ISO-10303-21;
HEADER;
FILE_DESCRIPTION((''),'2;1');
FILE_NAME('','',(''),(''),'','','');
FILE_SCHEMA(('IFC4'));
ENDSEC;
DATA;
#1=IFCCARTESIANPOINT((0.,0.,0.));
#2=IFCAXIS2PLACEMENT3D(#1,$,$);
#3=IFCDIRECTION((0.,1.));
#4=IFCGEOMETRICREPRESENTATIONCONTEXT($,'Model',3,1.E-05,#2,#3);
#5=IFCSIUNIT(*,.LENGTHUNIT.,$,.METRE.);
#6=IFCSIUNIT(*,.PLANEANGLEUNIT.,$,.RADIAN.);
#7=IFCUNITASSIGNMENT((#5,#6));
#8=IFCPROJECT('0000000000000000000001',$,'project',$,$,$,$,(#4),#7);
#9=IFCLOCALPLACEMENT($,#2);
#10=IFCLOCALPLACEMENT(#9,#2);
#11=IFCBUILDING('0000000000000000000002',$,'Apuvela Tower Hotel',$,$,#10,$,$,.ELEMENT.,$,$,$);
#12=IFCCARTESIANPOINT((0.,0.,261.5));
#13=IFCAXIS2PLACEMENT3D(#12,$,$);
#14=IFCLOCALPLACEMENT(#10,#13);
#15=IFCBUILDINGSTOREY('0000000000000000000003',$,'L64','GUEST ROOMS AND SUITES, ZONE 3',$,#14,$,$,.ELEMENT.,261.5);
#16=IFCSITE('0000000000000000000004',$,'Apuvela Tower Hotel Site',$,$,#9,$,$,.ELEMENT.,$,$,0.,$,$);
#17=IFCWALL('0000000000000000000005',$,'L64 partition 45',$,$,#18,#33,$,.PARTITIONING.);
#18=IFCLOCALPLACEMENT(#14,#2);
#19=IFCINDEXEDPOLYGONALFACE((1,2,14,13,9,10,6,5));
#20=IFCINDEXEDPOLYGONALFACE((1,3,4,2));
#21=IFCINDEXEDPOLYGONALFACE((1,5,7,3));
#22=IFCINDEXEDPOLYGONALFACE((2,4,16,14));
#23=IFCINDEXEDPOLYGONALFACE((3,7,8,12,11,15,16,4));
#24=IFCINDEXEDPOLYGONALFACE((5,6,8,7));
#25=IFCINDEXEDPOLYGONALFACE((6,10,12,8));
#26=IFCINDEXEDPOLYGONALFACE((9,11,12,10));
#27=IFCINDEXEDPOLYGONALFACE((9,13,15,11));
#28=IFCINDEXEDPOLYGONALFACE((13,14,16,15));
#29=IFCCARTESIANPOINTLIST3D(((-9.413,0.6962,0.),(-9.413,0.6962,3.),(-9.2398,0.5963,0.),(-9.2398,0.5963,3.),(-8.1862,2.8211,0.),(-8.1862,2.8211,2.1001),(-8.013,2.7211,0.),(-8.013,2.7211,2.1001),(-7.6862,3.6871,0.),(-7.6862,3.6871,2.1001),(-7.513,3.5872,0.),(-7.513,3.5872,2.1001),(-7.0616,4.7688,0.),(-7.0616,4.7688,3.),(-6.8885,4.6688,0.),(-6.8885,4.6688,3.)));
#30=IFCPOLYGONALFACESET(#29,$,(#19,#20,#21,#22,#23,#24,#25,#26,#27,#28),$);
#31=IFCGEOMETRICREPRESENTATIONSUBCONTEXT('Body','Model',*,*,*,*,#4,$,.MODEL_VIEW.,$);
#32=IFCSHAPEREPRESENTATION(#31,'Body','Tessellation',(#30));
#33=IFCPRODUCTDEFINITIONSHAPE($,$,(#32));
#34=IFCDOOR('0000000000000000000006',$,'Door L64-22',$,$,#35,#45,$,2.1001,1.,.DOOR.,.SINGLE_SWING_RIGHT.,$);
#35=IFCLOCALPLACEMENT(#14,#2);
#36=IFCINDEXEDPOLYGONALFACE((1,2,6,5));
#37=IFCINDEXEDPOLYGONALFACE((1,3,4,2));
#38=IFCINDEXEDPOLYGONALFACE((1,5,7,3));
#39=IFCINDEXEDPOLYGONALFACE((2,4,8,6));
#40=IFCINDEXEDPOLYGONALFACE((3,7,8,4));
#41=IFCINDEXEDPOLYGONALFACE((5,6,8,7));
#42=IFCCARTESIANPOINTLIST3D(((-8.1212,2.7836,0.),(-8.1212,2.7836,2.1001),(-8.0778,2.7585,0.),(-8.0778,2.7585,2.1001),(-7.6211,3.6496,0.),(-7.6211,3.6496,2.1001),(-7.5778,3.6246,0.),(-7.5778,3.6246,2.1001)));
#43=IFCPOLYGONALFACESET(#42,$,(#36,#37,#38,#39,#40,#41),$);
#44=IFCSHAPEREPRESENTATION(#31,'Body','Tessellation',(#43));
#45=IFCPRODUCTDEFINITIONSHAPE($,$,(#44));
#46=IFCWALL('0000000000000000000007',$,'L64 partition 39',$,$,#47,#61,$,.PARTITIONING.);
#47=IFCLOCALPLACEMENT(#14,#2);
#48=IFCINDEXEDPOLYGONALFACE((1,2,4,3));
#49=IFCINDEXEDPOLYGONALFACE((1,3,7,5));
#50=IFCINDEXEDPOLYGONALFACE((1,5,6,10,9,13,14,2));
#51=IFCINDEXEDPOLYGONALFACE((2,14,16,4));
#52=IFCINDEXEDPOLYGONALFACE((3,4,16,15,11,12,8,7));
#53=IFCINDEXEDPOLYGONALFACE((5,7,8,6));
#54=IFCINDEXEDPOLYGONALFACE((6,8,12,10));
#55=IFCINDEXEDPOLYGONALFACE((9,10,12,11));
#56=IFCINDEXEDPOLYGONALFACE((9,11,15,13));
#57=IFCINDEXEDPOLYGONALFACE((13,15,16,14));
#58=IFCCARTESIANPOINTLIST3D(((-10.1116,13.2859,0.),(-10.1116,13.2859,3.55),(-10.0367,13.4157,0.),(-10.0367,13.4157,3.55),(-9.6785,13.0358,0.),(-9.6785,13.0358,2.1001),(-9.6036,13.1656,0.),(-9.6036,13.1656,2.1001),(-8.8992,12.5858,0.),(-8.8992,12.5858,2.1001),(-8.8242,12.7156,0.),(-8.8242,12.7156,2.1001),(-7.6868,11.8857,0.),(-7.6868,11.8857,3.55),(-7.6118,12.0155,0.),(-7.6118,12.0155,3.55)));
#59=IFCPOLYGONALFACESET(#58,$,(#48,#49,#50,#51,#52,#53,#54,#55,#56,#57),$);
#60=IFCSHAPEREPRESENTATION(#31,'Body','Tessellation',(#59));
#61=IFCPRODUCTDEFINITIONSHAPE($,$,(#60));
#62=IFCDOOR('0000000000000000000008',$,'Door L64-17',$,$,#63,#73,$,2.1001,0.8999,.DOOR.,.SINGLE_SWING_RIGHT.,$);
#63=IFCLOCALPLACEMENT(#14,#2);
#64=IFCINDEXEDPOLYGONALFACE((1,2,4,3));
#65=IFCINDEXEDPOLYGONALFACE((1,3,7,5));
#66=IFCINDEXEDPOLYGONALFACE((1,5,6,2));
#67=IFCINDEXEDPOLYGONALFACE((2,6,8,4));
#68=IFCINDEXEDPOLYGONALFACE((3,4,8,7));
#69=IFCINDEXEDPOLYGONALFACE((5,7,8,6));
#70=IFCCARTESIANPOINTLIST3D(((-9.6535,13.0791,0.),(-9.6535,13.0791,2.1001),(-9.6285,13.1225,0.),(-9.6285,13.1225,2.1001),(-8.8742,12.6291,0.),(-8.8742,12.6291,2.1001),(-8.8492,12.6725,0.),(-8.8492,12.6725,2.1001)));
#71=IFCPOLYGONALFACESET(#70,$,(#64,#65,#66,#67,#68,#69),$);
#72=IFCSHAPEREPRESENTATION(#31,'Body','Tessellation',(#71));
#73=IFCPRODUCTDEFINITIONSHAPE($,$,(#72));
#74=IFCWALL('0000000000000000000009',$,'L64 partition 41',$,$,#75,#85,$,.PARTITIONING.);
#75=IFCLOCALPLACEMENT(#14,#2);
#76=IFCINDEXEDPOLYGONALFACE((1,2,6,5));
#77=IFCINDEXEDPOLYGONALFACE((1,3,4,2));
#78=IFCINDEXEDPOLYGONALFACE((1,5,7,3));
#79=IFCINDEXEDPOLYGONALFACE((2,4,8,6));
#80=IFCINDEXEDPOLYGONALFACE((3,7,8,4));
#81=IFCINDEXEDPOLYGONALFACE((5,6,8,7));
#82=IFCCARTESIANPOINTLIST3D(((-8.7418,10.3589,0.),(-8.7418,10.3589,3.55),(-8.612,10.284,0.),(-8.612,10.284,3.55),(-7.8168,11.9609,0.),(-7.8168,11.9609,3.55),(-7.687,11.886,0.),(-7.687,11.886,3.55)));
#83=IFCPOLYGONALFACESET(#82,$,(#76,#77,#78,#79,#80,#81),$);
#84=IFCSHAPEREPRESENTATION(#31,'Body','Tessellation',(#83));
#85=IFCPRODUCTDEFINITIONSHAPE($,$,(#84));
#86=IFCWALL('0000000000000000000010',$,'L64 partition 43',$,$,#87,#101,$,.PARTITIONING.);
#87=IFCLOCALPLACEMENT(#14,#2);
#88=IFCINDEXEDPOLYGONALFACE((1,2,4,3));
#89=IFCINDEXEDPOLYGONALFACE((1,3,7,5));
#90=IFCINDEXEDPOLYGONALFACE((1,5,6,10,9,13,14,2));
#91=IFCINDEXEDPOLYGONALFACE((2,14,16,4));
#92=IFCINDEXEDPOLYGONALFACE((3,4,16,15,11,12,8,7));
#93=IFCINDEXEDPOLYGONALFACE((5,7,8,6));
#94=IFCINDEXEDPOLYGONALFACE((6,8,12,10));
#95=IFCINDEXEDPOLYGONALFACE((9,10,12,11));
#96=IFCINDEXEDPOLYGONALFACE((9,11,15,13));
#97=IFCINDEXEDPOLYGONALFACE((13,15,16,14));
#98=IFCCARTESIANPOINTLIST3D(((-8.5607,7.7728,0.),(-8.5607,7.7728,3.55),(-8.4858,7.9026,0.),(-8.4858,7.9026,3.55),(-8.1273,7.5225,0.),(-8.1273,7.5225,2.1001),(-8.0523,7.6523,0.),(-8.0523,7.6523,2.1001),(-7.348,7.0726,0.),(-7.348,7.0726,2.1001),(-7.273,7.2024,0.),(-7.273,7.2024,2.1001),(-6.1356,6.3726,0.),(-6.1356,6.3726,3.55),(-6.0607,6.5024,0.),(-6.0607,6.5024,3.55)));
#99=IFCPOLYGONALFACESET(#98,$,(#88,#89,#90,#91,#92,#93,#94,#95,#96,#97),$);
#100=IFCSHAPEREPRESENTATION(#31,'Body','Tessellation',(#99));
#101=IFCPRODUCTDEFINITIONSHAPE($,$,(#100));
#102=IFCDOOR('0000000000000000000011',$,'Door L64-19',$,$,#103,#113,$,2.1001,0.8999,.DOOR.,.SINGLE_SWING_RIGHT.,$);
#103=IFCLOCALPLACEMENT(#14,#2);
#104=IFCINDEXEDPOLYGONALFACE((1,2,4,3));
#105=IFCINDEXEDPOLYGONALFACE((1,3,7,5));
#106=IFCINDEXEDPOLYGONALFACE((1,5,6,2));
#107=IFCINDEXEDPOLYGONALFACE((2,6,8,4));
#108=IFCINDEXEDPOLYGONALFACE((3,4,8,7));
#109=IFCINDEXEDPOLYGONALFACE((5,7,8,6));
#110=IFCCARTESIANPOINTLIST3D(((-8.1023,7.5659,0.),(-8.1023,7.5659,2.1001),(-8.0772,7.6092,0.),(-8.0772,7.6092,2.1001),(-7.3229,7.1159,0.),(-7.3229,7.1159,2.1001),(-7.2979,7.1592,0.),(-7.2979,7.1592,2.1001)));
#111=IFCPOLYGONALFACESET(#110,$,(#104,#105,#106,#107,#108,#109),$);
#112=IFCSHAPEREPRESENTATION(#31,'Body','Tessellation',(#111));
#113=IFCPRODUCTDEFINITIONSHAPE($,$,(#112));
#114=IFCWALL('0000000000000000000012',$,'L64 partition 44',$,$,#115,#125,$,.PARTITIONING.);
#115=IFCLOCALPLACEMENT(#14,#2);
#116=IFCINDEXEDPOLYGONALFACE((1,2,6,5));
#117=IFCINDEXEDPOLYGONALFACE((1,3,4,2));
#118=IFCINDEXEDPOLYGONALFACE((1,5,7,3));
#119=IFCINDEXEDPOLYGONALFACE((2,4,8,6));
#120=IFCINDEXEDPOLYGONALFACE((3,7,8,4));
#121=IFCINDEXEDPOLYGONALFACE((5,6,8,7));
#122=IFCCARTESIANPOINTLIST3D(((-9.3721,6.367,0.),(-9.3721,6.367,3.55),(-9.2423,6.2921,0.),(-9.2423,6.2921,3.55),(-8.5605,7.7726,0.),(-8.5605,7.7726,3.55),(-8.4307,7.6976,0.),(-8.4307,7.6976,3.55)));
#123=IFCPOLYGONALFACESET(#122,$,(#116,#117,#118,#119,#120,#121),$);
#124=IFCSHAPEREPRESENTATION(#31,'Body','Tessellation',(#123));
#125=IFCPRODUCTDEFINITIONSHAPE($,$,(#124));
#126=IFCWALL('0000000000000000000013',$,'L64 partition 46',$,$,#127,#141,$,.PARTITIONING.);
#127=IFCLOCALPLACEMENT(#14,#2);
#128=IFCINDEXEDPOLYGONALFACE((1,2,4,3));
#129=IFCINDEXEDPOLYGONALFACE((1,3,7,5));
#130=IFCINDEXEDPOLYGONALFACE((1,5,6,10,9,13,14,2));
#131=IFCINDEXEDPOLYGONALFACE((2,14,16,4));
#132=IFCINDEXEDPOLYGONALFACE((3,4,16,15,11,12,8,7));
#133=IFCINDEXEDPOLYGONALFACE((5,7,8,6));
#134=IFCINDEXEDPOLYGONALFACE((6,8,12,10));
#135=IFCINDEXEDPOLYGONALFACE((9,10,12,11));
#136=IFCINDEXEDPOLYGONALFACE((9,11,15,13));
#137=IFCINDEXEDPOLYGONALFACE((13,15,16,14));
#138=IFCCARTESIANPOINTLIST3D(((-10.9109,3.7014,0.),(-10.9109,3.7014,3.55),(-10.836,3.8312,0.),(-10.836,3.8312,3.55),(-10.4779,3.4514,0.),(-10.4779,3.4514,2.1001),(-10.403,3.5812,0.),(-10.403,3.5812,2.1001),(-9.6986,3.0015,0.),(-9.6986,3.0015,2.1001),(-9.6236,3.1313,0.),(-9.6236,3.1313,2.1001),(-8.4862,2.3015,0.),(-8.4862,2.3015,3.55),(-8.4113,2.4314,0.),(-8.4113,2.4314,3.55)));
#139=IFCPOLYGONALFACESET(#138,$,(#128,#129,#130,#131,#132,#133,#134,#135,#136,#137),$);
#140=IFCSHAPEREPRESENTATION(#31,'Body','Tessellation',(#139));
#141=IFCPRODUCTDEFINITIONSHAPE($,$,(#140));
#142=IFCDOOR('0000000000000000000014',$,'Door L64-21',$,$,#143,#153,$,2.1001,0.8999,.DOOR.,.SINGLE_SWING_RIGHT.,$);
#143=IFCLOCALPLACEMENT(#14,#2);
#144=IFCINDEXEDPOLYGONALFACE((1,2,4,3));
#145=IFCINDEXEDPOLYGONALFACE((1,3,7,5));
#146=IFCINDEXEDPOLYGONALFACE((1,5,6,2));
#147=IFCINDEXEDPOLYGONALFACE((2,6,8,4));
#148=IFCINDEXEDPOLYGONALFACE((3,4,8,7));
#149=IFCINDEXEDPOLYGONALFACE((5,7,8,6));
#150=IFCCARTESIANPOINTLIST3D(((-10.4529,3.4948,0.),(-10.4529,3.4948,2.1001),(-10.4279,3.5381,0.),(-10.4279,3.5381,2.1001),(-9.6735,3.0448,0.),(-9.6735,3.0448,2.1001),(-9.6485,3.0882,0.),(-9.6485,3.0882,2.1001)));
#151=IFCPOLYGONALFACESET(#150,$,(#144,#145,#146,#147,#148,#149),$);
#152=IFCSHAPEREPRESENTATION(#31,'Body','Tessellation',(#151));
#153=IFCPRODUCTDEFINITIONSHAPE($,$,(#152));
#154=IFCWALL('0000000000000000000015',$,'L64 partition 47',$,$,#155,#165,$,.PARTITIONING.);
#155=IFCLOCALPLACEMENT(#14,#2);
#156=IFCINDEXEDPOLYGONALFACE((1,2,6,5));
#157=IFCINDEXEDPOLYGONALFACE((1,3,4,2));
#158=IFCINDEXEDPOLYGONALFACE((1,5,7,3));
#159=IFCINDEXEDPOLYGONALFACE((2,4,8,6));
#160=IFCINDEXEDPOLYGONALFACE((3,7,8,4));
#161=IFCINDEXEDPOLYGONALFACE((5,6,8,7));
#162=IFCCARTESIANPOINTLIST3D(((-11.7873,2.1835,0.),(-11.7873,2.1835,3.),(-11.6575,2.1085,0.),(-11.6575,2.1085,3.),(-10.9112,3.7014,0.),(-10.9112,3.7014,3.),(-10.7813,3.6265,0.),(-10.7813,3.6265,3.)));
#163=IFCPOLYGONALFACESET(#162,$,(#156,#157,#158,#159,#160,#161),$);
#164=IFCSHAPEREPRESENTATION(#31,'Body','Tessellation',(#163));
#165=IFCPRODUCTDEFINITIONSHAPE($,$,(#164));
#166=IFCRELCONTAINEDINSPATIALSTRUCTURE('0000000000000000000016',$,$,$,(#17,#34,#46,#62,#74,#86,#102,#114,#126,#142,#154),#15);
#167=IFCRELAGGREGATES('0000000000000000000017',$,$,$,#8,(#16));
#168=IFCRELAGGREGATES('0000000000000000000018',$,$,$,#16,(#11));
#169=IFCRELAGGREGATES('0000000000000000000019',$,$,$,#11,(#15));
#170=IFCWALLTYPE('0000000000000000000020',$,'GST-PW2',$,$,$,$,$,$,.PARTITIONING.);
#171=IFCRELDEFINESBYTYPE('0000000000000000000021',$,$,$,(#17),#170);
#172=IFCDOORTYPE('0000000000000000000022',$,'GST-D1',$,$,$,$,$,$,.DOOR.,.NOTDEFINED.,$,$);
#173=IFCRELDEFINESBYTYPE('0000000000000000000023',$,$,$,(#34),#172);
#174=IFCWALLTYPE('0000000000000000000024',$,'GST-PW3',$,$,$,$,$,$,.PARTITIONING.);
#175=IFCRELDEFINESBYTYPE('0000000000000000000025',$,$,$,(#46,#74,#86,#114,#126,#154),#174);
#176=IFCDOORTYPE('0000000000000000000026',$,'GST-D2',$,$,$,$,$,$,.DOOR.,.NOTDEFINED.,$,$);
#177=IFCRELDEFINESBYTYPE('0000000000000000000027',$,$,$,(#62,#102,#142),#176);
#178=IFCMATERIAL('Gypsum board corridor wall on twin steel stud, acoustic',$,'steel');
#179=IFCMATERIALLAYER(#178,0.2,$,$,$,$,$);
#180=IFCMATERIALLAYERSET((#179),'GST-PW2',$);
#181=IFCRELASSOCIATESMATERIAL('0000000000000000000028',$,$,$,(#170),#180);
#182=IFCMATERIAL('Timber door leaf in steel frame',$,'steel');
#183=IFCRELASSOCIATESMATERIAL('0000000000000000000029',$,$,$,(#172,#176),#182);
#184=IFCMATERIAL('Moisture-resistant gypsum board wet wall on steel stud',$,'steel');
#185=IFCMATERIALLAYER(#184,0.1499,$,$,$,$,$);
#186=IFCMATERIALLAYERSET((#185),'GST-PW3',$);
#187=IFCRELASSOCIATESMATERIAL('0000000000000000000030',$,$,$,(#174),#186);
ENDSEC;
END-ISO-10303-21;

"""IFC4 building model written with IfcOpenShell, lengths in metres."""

from ifc_helpers import new_model, si_unit, direction, frame, frame_2d, origin, place, context, subcontext, project, spatial, rectangle, extrude, material, layer, layer_set, type_object, element, fill, save


model = new_model("IFC4")

# Units and contexts
model_context = context("Model", 3, precision=1e-05, world=origin(), true_north=direction((0.0, 1.0)))
body_context = subcontext(model_context, "Body", "Model", "MODEL_VIEW")
ifc_project = project(units=[si_unit("LENGTHUNIT", "METRE"), si_unit("PLANEANGLEUNIT", "RADIAN")], contexts=[model_context])

# Site, building, storey
site_placement = place(None, origin())
site = spatial("IfcSite", under=ifc_project, at=site_placement, Name="Apuvela Tower Hotel Site", CompositionType="ELEMENT", RefElevation=0.0)
building_placement = place(site_placement, origin())
building = spatial("IfcBuilding", under=site, at=building_placement, Name="Apuvela Tower Hotel", CompositionType="ELEMENT")
storey_placement = place(building_placement, frame((0.0, 0.0, 261.5)))
storey = spatial("IfcBuildingStorey", under=building, at=storey_placement, Name="L64", Description="GUEST ROOMS AND SUITES, ZONE 3", CompositionType="ELEMENT", Elevation=261.5)

# Walls, openings, doors
ifc_material_1 = material(Name="Gypsum board corridor wall on twin steel stud, acoustic", Category="steel")
ifc_layer_1 = layer(ifc_material_1, 0.2)
ifc_layer_set_1 = layer_set([ifc_layer_1], Name="GST-PW2")
wall_type_1 = type_object("IfcWallType", Name="GST-PW2", PredefinedType="PARTITIONING", material=ifc_layer_set_1)
ifc_material_2 = material(Name="Timber door leaf in steel frame", Category="steel")
door_type_1 = type_object("IfcDoorType", Name="GST-D1", OperationType="NOTDEFINED", PredefinedType="DOOR", material=ifc_material_2)
wall_1_placement = place(storey_placement, frame((-9.3264, 0.6462, 0.0), z_axis=(0.0, 0.0, 1.0), x_axis=(0.500009, 0.86602, 0.0)))
wall_1 = element("IfcWall", 1, at=wall_1_placement, inside=storey, type_object=wall_type_1, Name="L64 partition 45", PredefinedType="PARTITIONING", context=body_context, shape_type="SweptSolid", body=[
    extrude(rectangle(XDim=4.7026, YDim=0.2, at=frame_2d((2.3513, 0.0))), origin(), (0.0, 0.0, 1.0), 3.0),
])
opening_1_placement = place(wall_1_placement, frame((2.4536, 0.0, 0.0)))
opening_1 = element("IfcOpeningElement", 2, at=opening_1_placement, cuts=wall_1, PredefinedType="OPENING", context=body_context, shape_type="SweptSolid", body=[
    extrude(rectangle(XDim=1.0, YDim=2.1001, at=frame_2d((0.5, 1.05))), frame((0.0, 0.1099, 0.0), z_axis=(0.0, -1.0, 0.0), x_axis=(1.0, 0.0, 0.0)), (0.0, 0.0, 1.0), 0.22),
])
door_1_placement = place(opening_1_placement, origin())
door_1 = element("IfcDoor", 3, at=door_1_placement, inside=storey, type_object=door_type_1, Name="Door L64-22", OperationType="SINGLE_SWING_RIGHT", OverallHeight=2.1001, OverallWidth=1.0, PredefinedType="DOOR", context=body_context, shape_type="SweptSolid", body=[
    extrude(rectangle(XDim=1.0, YDim=2.1001, at=frame_2d((0.5, 1.05))), frame((0.0, 0.0249, 0.0), z_axis=(0.0, -1.0, 0.0), x_axis=(1.0, 0.0, 0.0)), (0.0, 0.0, 1.0), 0.05),
])
fill(opening_1, door_1)
ifc_material_3 = material(Name="Moisture-resistant gypsum board wet wall on steel stud", Category="steel")
ifc_layer_2 = layer(ifc_material_3, 0.1499)
ifc_layer_set_2 = layer_set([ifc_layer_2], Name="GST-PW3")
wall_type_2 = type_object("IfcWallType", Name="GST-PW3", PredefinedType="PARTITIONING", material=ifc_layer_set_2)
wall_2_placement = place(storey_placement, frame((-7.6494, 11.9507, 0.0), z_axis=(0.0, 0.0, 1.0), x_axis=(-0.865997, 0.50005, 0.0)))
wall_2 = element("IfcWall", 4, at=wall_2_placement, inside=storey, type_object=wall_type_2, Name="L64 partition 39", PredefinedType="PARTITIONING", context=body_context, shape_type="SweptSolid", body=[
    extrude(rectangle(XDim=2.8, YDim=0.1499, at=frame_2d((1.3999, 0.0))), origin(), (0.0, 0.0, 1.0), 3.55),
])
opening_2_placement = place(wall_2_placement, frame((1.3999, 0.0, 0.0)))
opening_2 = element("IfcOpeningElement", 5, at=opening_2_placement, cuts=wall_2, PredefinedType="OPENING", context=body_context, shape_type="SweptSolid", body=[
    extrude(rectangle(XDim=0.8999, YDim=2.1001, at=frame_2d((0.45, 1.05))), frame((0.0, 0.085, 0.0), z_axis=(0.0, -1.0, 0.0), x_axis=(1.0, 0.0, 0.0)), (0.0, 0.0, 1.0), 0.1699),
])
door_type_2 = type_object("IfcDoorType", Name="GST-D2", OperationType="NOTDEFINED", PredefinedType="DOOR", material=ifc_material_2)
door_2_placement = place(opening_2_placement, origin())
door_2 = element("IfcDoor", 6, at=door_2_placement, inside=storey, type_object=door_type_2, Name="Door L64-17", OperationType="SINGLE_SWING_RIGHT", OverallHeight=2.1001, OverallWidth=0.8999, PredefinedType="DOOR", context=body_context, shape_type="SweptSolid", body=[
    extrude(rectangle(XDim=0.8999, YDim=2.1001, at=frame_2d((0.45, 1.05))), frame((0.0, 0.0249, 0.0), z_axis=(0.0, -1.0, 0.0), x_axis=(1.0, 0.0, 0.0)), (0.0, 0.0, 1.0), 0.05),
])
fill(opening_2, door_2)

# Wall
wall_3_placement = place(storey_placement, frame((-7.752, 11.9233, 0.0), z_axis=(0.0, 0.0, 1.0), x_axis=(-0.500042, -0.866001, 0.0)))
element("IfcWall", 7, at=wall_3_placement, inside=storey, type_object=wall_type_2, Name="L64 partition 41", PredefinedType="PARTITIONING", context=body_context, shape_type="SweptSolid", body=[
    extrude(rectangle(XDim=1.8499, YDim=0.1499, at=frame_2d((0.9248, 0.0))), origin(), (0.0, 0.0, 1.0), 3.55),
])

# Wall, opening, door
wall_4_placement = place(storey_placement, frame((-6.0981, 6.4375, 0.0), z_axis=(0.0, 0.0, 1.0), x_axis=(-0.866019, 0.500012, 0.0)))
wall_4 = element("IfcWall", 8, at=wall_4_placement, inside=storey, type_object=wall_type_2, Name="L64 partition 43", PredefinedType="PARTITIONING", context=body_context, shape_type="SweptSolid", body=[
    extrude(rectangle(XDim=2.8003, YDim=0.1499, at=frame_2d((1.4001, 0.0))), origin(), (0.0, 0.0, 1.0), 3.55),
])
opening_3_placement = place(wall_4_placement, frame((1.3999, 0.0, 0.0)))
opening_3 = element("IfcOpeningElement", 9, at=opening_3_placement, cuts=wall_4, PredefinedType="OPENING", context=body_context, shape_type="SweptSolid", body=[
    extrude(rectangle(XDim=0.8999, YDim=2.1001, at=frame_2d((0.45, 1.05))), frame((0.0, 0.085, 0.0), z_axis=(0.0, -1.0, 0.0), x_axis=(1.0, 0.0, 0.0)), (0.0, 0.0, 1.0), 0.1699),
])
door_3_placement = place(opening_3_placement, origin())
door_3 = element("IfcDoor", 10, at=door_3_placement, inside=storey, type_object=door_type_2, Name="Door L64-19", OperationType="SINGLE_SWING_RIGHT", OverallHeight=2.1001, OverallWidth=0.8999, PredefinedType="DOOR", context=body_context, shape_type="SweptSolid", body=[
    extrude(rectangle(XDim=0.8999, YDim=2.1001, at=frame_2d((0.45, 1.05))), frame((0.0, 0.0249, 0.0), z_axis=(0.0, -1.0, 0.0), x_axis=(1.0, 0.0, 0.0)), (0.0, 0.0, 1.0), 0.05),
])
fill(opening_3, door_3)

# Wall
wall_5_placement = place(storey_placement, frame((-8.4956, 7.7351, 0.0), z_axis=(0.0, 0.0, 1.0), x_axis=(-0.500022, -0.866013, 0.0)))
element("IfcWall", 11, at=wall_5_placement, inside=storey, type_object=wall_type_2, Name="L64 partition 44", PredefinedType="PARTITIONING", context=body_context, shape_type="SweptSolid", body=[
    extrude(rectangle(XDim=1.623, YDim=0.1499, at=frame_2d((0.8115, 0.0))), origin(), (0.0, 0.0, 1.0), 3.55),
])

# Wall, opening, door
wall_6_placement = place(storey_placement, frame((-8.4487, 2.3665, 0.0), z_axis=(0.0, 0.0, 1.0), x_axis=(-0.866035, 0.499984, 0.0)))
wall_6 = element("IfcWall", 12, at=wall_6_placement, inside=storey, type_object=wall_type_2, Name="L64 partition 46", PredefinedType="PARTITIONING", context=body_context, shape_type="SweptSolid", body=[
    extrude(rectangle(XDim=2.7998, YDim=0.1499, at=frame_2d((1.3999, 0.0))), origin(), (0.0, 0.0, 1.0), 3.55),
])
opening_4_placement = place(wall_6_placement, frame((1.3999, 0.0, 0.0)))
opening_4 = element("IfcOpeningElement", 13, at=opening_4_placement, cuts=wall_6, PredefinedType="OPENING", context=body_context, shape_type="SweptSolid", body=[
    extrude(rectangle(XDim=0.8999, YDim=2.1001, at=frame_2d((0.45, 1.05))), frame((0.0, 0.085, 0.0), z_axis=(0.0, -1.0, 0.0), x_axis=(1.0, 0.0, 0.0)), (0.0, 0.0, 1.0), 0.1699),
])
door_4_placement = place(opening_4_placement, origin())
door_4 = element("IfcDoor", 14, at=door_4_placement, inside=storey, type_object=door_type_2, Name="Door L64-21", OperationType="SINGLE_SWING_RIGHT", OverallHeight=2.1001, OverallWidth=0.8999, PredefinedType="DOOR", context=body_context, shape_type="SweptSolid", body=[
    extrude(rectangle(XDim=0.8999, YDim=2.1001, at=frame_2d((0.45, 1.05))), frame((0.0, 0.0249, 0.0), z_axis=(0.0, -1.0, 0.0), x_axis=(1.0, 0.0, 0.0)), (0.0, 0.0, 1.0), 0.05),
])
fill(opening_4, door_4)

# Wall
wall_7_placement = place(storey_placement, frame((-10.8462, 3.6641, 0.0), z_axis=(0.0, 0.0, 1.0), x_axis=(-0.499899, -0.866084, 0.0)))
element("IfcWall", 15, at=wall_7_placement, inside=storey, type_object=wall_type_2, Name="L64 partition 47", PredefinedType="PARTITIONING", context=body_context, shape_type="SweptSolid", body=[
    extrude(rectangle(XDim=1.7527, YDim=0.1499, at=frame_2d((0.8765, 0.0))), origin(), (0.0, 0.0, 1.0), 3.0),
])

save(model, "model.ifc")
